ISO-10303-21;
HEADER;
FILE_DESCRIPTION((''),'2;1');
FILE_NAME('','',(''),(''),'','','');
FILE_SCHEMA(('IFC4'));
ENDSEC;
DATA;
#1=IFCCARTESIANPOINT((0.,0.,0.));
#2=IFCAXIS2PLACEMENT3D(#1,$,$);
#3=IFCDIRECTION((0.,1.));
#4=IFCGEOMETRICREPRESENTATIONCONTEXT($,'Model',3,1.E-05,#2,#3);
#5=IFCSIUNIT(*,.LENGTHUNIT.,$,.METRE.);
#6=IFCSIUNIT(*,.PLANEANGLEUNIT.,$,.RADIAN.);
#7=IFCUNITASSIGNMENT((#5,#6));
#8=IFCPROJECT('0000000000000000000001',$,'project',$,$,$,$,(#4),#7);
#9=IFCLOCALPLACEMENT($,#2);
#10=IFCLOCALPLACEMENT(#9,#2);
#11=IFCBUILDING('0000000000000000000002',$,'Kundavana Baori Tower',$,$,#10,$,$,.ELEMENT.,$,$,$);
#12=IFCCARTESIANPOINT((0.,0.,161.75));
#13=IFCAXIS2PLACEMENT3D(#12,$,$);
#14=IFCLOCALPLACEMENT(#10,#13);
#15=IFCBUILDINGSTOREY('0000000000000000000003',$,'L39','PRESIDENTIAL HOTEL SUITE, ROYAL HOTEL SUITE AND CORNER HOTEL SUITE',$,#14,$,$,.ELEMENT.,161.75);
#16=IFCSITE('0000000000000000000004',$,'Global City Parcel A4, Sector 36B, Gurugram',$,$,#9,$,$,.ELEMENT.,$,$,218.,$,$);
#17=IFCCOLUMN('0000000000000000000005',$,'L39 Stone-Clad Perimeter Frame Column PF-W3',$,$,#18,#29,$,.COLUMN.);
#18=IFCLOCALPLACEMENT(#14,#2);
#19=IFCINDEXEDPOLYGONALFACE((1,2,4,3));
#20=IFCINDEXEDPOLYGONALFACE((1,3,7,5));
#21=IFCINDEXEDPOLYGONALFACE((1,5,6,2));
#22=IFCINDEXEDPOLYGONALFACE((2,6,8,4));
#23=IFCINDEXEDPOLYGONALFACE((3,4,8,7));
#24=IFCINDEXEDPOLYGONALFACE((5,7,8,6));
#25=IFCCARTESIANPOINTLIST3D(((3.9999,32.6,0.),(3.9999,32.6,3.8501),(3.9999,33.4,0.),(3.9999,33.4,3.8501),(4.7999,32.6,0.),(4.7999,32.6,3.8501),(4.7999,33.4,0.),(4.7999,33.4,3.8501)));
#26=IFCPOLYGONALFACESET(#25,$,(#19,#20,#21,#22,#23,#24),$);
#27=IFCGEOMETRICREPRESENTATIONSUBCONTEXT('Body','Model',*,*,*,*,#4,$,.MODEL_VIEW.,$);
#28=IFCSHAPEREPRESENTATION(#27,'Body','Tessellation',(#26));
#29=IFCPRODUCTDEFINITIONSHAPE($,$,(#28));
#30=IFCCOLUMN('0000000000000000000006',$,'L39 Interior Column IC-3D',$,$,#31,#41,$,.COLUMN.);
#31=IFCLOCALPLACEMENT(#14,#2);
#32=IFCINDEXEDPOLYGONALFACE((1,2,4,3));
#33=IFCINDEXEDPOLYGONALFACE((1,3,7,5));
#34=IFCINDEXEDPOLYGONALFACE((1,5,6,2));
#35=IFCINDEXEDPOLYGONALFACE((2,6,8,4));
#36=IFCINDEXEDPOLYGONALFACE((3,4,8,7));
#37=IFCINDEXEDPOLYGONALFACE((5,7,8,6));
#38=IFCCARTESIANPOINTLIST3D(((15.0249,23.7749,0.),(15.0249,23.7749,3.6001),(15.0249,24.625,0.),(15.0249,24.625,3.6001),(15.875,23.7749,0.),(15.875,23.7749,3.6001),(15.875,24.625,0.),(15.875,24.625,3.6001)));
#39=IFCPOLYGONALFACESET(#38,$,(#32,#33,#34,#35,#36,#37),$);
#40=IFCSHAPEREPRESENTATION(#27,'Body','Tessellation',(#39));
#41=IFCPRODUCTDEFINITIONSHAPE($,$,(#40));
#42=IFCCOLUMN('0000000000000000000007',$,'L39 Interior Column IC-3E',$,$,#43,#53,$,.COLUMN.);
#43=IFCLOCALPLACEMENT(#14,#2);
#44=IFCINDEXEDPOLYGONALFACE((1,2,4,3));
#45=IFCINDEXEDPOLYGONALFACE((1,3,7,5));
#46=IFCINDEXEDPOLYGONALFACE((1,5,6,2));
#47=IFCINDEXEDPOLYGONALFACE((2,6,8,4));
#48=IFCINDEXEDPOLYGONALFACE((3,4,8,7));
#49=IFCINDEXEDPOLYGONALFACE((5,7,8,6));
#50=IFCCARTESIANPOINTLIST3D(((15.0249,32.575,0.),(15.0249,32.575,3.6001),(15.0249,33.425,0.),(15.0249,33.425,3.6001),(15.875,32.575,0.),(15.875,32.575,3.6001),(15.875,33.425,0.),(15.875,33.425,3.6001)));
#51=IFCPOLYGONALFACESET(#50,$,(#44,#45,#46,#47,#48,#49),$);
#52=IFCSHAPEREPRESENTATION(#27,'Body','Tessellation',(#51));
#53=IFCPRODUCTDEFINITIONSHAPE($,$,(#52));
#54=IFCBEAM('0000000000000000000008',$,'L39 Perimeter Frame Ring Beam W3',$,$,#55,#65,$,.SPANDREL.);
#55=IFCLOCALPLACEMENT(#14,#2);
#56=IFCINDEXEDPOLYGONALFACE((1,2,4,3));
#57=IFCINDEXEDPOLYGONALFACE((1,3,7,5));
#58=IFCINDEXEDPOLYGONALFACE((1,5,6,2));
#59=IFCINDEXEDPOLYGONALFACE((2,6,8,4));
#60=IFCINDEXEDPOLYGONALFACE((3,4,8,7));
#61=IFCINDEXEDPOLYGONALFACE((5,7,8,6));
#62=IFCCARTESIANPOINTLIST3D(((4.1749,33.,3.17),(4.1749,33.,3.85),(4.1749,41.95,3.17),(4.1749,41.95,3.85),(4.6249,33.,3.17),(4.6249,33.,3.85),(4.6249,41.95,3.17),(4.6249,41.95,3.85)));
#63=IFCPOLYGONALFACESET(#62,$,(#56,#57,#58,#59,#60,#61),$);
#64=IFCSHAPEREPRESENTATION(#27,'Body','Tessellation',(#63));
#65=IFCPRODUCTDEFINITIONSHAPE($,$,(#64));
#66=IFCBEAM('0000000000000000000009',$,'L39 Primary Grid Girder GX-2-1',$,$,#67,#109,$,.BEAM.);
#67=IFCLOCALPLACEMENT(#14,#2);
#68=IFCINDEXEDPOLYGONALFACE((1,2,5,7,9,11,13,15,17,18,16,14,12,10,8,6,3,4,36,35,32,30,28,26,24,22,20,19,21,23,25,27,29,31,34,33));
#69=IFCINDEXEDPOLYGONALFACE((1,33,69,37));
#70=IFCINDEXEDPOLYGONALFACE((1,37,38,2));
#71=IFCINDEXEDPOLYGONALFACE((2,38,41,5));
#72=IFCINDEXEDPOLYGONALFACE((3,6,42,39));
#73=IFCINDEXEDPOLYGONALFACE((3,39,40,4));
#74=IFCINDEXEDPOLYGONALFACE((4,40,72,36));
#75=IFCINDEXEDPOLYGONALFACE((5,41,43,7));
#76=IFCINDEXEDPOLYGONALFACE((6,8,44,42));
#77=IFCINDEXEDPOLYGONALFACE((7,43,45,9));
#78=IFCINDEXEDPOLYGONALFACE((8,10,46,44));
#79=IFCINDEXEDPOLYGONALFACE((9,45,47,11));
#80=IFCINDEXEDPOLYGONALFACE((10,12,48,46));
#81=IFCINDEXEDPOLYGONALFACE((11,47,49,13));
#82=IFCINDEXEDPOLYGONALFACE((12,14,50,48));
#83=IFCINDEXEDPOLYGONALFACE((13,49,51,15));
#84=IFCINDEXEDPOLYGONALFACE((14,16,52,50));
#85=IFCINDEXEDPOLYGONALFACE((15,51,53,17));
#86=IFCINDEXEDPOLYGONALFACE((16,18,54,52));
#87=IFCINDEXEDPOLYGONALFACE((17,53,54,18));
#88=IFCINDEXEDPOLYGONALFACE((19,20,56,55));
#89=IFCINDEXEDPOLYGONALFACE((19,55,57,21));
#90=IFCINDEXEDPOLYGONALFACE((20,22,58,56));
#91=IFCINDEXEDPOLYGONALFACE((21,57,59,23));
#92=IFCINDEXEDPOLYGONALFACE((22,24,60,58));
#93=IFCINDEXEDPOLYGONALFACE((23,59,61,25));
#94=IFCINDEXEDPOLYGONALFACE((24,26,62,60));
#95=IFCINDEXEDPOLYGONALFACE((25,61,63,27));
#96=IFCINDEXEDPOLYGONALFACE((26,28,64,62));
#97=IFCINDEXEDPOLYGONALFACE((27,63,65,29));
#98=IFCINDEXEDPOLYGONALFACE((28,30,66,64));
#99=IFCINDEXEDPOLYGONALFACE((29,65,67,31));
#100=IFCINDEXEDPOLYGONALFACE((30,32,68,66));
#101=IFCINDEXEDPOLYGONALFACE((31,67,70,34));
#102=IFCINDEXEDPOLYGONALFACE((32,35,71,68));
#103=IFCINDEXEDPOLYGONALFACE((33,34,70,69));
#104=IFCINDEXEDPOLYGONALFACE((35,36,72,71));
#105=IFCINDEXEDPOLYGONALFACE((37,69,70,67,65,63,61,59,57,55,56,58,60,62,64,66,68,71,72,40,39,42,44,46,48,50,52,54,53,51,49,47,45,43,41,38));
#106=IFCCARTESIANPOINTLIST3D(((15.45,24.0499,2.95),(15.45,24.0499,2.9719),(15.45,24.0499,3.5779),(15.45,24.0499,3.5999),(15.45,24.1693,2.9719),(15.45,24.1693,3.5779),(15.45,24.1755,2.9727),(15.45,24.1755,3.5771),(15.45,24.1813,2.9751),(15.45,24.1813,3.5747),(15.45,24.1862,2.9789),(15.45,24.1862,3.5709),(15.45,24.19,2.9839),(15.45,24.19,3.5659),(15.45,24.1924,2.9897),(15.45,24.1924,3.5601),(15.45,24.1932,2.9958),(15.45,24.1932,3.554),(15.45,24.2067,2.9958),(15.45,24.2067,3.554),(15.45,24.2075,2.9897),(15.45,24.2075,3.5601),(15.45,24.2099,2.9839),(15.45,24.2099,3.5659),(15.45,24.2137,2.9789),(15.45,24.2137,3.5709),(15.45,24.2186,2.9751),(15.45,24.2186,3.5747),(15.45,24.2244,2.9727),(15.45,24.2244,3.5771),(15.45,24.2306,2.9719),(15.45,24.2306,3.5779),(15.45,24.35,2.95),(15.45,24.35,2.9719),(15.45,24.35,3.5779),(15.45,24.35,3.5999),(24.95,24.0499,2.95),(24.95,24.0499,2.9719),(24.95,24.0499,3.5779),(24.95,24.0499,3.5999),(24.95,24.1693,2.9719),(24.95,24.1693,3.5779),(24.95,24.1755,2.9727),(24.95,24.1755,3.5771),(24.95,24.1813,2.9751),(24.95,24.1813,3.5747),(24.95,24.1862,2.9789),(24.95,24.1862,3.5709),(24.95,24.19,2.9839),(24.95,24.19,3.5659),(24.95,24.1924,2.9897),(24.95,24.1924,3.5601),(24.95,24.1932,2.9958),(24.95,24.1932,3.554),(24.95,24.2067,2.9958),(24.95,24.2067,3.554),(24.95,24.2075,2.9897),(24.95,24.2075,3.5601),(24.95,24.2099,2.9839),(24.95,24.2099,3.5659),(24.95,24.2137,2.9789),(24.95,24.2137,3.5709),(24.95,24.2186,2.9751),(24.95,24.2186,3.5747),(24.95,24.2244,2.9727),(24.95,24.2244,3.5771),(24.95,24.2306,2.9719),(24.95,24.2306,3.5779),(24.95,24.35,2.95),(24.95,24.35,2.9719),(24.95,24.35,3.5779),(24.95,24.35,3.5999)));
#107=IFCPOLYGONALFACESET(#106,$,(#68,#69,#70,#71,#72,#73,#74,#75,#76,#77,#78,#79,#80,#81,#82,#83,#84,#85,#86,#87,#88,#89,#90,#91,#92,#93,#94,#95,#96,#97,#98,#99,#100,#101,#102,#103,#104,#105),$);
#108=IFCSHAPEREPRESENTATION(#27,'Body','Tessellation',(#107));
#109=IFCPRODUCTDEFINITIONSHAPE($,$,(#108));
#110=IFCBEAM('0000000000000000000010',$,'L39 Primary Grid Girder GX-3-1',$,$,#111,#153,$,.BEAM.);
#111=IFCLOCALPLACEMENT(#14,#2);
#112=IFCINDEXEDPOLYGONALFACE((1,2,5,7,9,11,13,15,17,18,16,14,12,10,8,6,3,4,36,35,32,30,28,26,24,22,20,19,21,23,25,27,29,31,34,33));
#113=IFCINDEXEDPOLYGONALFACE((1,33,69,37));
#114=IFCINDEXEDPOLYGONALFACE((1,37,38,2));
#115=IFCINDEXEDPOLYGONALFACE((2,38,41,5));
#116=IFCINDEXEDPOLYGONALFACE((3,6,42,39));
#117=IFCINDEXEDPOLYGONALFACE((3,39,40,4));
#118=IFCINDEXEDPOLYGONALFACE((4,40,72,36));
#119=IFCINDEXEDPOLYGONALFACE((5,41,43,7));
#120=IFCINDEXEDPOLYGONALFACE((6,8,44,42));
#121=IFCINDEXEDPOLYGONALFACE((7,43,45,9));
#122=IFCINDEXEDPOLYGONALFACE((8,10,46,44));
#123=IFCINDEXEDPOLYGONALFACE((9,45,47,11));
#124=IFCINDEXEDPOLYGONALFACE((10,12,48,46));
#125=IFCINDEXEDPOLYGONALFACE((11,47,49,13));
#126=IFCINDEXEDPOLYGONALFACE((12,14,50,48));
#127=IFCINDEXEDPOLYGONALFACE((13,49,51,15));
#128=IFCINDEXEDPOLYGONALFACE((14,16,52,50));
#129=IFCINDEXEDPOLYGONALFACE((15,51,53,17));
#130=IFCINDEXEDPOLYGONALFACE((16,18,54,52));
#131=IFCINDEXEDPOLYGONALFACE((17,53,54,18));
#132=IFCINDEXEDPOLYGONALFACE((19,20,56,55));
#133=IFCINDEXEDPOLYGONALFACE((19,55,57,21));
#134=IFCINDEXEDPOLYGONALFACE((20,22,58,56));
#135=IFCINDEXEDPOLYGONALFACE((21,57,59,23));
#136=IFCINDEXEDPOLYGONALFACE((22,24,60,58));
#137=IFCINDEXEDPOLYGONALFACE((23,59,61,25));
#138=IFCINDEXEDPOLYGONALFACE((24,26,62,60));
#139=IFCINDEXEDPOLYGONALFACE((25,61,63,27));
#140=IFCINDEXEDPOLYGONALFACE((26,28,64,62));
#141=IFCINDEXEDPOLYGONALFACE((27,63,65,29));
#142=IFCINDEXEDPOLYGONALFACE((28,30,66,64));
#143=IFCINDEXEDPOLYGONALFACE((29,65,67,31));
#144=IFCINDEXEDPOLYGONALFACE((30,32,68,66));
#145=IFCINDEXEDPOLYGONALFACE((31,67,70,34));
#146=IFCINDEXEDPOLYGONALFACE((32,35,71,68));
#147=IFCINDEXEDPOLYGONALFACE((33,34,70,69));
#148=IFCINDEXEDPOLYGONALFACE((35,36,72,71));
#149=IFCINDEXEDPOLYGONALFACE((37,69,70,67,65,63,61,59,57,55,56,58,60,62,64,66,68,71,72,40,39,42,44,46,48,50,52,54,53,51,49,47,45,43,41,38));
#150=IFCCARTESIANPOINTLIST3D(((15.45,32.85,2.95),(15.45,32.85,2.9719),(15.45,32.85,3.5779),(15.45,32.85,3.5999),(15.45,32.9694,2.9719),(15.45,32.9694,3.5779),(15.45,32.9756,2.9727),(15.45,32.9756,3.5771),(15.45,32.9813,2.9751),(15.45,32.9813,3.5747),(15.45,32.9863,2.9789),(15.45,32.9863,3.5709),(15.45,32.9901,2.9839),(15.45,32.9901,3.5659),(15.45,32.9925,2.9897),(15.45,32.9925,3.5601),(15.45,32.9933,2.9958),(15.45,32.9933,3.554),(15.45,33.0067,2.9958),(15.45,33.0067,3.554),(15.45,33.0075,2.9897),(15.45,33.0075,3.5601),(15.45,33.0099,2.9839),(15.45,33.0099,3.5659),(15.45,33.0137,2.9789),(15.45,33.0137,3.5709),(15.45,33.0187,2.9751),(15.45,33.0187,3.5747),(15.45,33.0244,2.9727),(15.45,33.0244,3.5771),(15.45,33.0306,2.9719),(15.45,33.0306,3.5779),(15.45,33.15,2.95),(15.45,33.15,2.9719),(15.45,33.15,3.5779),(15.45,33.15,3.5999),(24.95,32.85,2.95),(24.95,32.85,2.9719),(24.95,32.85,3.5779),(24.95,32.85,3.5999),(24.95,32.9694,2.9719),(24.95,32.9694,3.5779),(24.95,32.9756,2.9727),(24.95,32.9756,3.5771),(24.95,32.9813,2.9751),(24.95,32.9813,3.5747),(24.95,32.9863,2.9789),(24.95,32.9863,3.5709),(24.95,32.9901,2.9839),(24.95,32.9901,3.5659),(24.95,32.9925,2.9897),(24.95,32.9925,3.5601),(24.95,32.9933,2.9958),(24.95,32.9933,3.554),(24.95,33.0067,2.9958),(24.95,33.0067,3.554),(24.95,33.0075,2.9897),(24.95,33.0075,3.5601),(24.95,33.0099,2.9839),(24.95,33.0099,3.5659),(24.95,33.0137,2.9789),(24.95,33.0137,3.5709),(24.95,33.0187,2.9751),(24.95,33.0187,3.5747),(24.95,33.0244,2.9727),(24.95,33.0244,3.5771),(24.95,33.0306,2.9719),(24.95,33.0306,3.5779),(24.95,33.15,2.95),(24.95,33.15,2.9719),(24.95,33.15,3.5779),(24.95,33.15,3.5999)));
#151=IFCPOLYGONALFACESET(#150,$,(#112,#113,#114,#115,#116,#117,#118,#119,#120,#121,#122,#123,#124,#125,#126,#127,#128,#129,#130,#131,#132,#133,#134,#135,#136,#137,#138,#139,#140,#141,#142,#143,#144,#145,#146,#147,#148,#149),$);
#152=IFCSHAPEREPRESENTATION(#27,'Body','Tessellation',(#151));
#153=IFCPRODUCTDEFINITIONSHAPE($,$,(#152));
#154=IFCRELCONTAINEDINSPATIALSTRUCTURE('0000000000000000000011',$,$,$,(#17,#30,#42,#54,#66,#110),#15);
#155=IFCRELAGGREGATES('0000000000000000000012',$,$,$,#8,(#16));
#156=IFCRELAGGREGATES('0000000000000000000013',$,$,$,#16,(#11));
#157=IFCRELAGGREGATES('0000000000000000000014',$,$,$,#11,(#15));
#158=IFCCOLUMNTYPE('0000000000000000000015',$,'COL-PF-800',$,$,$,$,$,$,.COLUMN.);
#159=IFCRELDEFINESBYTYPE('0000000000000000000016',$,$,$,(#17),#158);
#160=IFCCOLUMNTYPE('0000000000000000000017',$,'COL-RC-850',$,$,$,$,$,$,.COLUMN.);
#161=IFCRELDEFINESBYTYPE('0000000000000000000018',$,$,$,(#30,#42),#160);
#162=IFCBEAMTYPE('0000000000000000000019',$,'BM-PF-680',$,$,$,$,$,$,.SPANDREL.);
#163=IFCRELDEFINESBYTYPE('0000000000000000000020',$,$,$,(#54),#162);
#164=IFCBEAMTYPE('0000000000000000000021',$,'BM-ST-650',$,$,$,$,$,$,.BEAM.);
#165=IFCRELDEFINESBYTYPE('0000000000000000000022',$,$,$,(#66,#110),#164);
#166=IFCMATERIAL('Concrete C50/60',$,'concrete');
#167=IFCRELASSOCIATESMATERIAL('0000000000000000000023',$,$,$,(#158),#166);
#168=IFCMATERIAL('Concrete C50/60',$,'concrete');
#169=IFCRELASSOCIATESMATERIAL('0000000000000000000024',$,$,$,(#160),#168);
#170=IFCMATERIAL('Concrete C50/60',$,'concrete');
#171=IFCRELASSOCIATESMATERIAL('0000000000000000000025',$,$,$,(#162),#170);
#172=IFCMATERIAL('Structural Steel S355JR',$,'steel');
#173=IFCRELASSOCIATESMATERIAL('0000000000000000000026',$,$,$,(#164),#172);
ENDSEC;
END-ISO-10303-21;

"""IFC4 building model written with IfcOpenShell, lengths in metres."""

from ifc_helpers import new_model, si_unit, direction, frame, origin, origin_2d, place, context, subcontext, project, spatial, rectangle, i_section, extrude, material, material_profile, profile_set, type_object, element, save


model = new_model("IFC4")

# Units and contexts
model_context = context("Model", 3, precision=1e-05, world=origin(), true_north=direction((0.0, 1.0)))
body_context = subcontext(model_context, "Body", "Model", "MODEL_VIEW")
ifc_project = project(units=[si_unit("LENGTHUNIT", "METRE"), si_unit("PLANEANGLEUNIT", "RADIAN")], contexts=[model_context])

# Site, building, storey
site_placement = place(None, origin())
site = spatial("IfcSite", under=ifc_project, at=site_placement, Name="Global City Parcel A4, Sector 36B, Gurugram", CompositionType="ELEMENT", RefElevation=218.0)
building_placement = place(site_placement, origin())
building = spatial("IfcBuilding", under=site, at=building_placement, Name="Kundavana Baori Tower", CompositionType="ELEMENT")
storey_placement = place(building_placement, frame((0.0, 0.0, 161.75)))
storey = spatial("IfcBuildingStorey", under=building, at=storey_placement, Name="L39", Description="PRESIDENTIAL HOTEL SUITE, ROYAL HOTEL SUITE AND CORNER HOTEL SUITE", CompositionType="ELEMENT", Elevation=161.75)

# Columns
ifc_material_1 = material(Name="Concrete C50/60", Category="concrete")
ifc_material_profile_1 = material_profile(ifc_material_1, rectangle(XDim=0.8, YDim=0.8, at=origin_2d()), Name="RC PF 800x800")
ifc_profile_set_1 = profile_set([ifc_material_profile_1], Name="Concrete C50/60")
column_type_1 = type_object("IfcColumnType", Name="COL-PF-800", PredefinedType="COLUMN", material=ifc_profile_set_1)
column_placement = place(storey_placement, frame((4.3999, 33.0, 0.0), z_axis=(0.0, 0.0, 1.0), x_axis=(1.0, 0.0, 0.0)))
element("IfcColumn", 1, at=column_placement, inside=storey, type_object=column_type_1, Name="L39 Stone-Clad Perimeter Frame Column PF-W3", PredefinedType="COLUMN", context=body_context, shape_type="SweptSolid", body=[
    extrude(rectangle(XDim=0.8, YDim=0.8, at=origin_2d()), origin(), (0.0, 0.0, 1.0), 3.8501),
])
ifc_material_2 = material(Name="Concrete C50/60", Category="concrete")
ifc_material_profile_2 = material_profile(ifc_material_2, rectangle(XDim=0.8501, YDim=0.8501, at=origin_2d()), Name="RC 850x850")
ifc_profile_set_2 = profile_set([ifc_material_profile_2], Name="Concrete C50/60")
column_type_2 = type_object("IfcColumnType", Name="COL-RC-850", PredefinedType="COLUMN", material=ifc_profile_set_2)
for number, where, z_axis, x_axis, name in (
    (2, (15.45, 24.2, 0.0), (0.0, 0.0, 1.0), (1.0, 0.0, 0.0), "L39 Interior Column IC-3D"),
    (3, (15.45, 33.0, 0.0), (0.0, 0.0, 1.0), (1.0, 0.0, 0.0), "L39 Interior Column IC-3E"),
):
    element("IfcColumn", number, at=place(storey_placement, frame(where, z_axis=z_axis, x_axis=x_axis)), inside=storey, type_object=column_type_2, Name=name, PredefinedType="COLUMN", context=body_context, shape_type="SweptSolid", body=[
        extrude(rectangle(XDim=0.8501, YDim=0.8501, at=origin_2d()), origin(), (0.0, 0.0, 1.0), 3.6001),
    ])

# Beams
ifc_material_3 = material(Name="Concrete C50/60", Category="concrete")
ifc_material_profile_3 = material_profile(ifc_material_3, rectangle(XDim=0.45, YDim=0.6799, at=origin_2d()), Name="RC BM 450x680")
ifc_profile_set_3 = profile_set([ifc_material_profile_3], Name="Concrete C50/60")
beam_type_1 = type_object("IfcBeamType", Name="BM-PF-680", PredefinedType="SPANDREL", material=ifc_profile_set_3)
beam_placement = place(storey_placement, frame((4.3999, 33.0, 3.51), z_axis=(0.0, 1.0, 0.0), x_axis=(-1.0, 0.0, 0.0)))
element("IfcBeam", 4, at=beam_placement, inside=storey, type_object=beam_type_1, Name="L39 Perimeter Frame Ring Beam W3", PredefinedType="SPANDREL", context=body_context, shape_type="SweptSolid", body=[
    extrude(rectangle(XDim=0.45, YDim=0.6799, at=origin_2d()), origin(), (0.0, 0.0, 1.0), 8.95),
])
ifc_material_4 = material(Name="Structural Steel S355JR", Category="steel")
ifc_material_profile_4 = material_profile(ifc_material_4, i_section(OverallWidth=0.3, OverallDepth=0.6499, WebThickness=0.0134, FlangeThickness=0.022, FilletRadius=0.0239, at=origin_2d()), Name="NPB 650x300x155")
ifc_profile_set_4 = profile_set([ifc_material_profile_4], Name="Structural Steel S355JR")
beam_type_2 = type_object("IfcBeamType", Name="BM-ST-650", PredefinedType="BEAM", material=ifc_profile_set_4)
for number, where, z_axis, x_axis, name in (
    (5, (15.45, 24.2, 3.2749), (1.0, 0.0, 0.0), (0.0, 1.0, 0.0), "L39 Primary Grid Girder GX-2-1"),
    (6, (15.45, 33.0, 3.2749), (1.0, 0.0, 0.0), (0.0, 1.0, 0.0), "L39 Primary Grid Girder GX-3-1"),
):
    element("IfcBeam", number, at=place(storey_placement, frame(where, z_axis=z_axis, x_axis=x_axis)), inside=storey, type_object=beam_type_2, Name=name, PredefinedType="BEAM", context=body_context, shape_type="SweptSolid", body=[
        extrude(i_section(OverallWidth=0.3, OverallDepth=0.6499, WebThickness=0.0134, FlangeThickness=0.022, FilletRadius=0.0239, at=origin_2d()), origin(), (0.0, 0.0, 1.0), 9.5),
    ])

save(model, "model.ifc")
